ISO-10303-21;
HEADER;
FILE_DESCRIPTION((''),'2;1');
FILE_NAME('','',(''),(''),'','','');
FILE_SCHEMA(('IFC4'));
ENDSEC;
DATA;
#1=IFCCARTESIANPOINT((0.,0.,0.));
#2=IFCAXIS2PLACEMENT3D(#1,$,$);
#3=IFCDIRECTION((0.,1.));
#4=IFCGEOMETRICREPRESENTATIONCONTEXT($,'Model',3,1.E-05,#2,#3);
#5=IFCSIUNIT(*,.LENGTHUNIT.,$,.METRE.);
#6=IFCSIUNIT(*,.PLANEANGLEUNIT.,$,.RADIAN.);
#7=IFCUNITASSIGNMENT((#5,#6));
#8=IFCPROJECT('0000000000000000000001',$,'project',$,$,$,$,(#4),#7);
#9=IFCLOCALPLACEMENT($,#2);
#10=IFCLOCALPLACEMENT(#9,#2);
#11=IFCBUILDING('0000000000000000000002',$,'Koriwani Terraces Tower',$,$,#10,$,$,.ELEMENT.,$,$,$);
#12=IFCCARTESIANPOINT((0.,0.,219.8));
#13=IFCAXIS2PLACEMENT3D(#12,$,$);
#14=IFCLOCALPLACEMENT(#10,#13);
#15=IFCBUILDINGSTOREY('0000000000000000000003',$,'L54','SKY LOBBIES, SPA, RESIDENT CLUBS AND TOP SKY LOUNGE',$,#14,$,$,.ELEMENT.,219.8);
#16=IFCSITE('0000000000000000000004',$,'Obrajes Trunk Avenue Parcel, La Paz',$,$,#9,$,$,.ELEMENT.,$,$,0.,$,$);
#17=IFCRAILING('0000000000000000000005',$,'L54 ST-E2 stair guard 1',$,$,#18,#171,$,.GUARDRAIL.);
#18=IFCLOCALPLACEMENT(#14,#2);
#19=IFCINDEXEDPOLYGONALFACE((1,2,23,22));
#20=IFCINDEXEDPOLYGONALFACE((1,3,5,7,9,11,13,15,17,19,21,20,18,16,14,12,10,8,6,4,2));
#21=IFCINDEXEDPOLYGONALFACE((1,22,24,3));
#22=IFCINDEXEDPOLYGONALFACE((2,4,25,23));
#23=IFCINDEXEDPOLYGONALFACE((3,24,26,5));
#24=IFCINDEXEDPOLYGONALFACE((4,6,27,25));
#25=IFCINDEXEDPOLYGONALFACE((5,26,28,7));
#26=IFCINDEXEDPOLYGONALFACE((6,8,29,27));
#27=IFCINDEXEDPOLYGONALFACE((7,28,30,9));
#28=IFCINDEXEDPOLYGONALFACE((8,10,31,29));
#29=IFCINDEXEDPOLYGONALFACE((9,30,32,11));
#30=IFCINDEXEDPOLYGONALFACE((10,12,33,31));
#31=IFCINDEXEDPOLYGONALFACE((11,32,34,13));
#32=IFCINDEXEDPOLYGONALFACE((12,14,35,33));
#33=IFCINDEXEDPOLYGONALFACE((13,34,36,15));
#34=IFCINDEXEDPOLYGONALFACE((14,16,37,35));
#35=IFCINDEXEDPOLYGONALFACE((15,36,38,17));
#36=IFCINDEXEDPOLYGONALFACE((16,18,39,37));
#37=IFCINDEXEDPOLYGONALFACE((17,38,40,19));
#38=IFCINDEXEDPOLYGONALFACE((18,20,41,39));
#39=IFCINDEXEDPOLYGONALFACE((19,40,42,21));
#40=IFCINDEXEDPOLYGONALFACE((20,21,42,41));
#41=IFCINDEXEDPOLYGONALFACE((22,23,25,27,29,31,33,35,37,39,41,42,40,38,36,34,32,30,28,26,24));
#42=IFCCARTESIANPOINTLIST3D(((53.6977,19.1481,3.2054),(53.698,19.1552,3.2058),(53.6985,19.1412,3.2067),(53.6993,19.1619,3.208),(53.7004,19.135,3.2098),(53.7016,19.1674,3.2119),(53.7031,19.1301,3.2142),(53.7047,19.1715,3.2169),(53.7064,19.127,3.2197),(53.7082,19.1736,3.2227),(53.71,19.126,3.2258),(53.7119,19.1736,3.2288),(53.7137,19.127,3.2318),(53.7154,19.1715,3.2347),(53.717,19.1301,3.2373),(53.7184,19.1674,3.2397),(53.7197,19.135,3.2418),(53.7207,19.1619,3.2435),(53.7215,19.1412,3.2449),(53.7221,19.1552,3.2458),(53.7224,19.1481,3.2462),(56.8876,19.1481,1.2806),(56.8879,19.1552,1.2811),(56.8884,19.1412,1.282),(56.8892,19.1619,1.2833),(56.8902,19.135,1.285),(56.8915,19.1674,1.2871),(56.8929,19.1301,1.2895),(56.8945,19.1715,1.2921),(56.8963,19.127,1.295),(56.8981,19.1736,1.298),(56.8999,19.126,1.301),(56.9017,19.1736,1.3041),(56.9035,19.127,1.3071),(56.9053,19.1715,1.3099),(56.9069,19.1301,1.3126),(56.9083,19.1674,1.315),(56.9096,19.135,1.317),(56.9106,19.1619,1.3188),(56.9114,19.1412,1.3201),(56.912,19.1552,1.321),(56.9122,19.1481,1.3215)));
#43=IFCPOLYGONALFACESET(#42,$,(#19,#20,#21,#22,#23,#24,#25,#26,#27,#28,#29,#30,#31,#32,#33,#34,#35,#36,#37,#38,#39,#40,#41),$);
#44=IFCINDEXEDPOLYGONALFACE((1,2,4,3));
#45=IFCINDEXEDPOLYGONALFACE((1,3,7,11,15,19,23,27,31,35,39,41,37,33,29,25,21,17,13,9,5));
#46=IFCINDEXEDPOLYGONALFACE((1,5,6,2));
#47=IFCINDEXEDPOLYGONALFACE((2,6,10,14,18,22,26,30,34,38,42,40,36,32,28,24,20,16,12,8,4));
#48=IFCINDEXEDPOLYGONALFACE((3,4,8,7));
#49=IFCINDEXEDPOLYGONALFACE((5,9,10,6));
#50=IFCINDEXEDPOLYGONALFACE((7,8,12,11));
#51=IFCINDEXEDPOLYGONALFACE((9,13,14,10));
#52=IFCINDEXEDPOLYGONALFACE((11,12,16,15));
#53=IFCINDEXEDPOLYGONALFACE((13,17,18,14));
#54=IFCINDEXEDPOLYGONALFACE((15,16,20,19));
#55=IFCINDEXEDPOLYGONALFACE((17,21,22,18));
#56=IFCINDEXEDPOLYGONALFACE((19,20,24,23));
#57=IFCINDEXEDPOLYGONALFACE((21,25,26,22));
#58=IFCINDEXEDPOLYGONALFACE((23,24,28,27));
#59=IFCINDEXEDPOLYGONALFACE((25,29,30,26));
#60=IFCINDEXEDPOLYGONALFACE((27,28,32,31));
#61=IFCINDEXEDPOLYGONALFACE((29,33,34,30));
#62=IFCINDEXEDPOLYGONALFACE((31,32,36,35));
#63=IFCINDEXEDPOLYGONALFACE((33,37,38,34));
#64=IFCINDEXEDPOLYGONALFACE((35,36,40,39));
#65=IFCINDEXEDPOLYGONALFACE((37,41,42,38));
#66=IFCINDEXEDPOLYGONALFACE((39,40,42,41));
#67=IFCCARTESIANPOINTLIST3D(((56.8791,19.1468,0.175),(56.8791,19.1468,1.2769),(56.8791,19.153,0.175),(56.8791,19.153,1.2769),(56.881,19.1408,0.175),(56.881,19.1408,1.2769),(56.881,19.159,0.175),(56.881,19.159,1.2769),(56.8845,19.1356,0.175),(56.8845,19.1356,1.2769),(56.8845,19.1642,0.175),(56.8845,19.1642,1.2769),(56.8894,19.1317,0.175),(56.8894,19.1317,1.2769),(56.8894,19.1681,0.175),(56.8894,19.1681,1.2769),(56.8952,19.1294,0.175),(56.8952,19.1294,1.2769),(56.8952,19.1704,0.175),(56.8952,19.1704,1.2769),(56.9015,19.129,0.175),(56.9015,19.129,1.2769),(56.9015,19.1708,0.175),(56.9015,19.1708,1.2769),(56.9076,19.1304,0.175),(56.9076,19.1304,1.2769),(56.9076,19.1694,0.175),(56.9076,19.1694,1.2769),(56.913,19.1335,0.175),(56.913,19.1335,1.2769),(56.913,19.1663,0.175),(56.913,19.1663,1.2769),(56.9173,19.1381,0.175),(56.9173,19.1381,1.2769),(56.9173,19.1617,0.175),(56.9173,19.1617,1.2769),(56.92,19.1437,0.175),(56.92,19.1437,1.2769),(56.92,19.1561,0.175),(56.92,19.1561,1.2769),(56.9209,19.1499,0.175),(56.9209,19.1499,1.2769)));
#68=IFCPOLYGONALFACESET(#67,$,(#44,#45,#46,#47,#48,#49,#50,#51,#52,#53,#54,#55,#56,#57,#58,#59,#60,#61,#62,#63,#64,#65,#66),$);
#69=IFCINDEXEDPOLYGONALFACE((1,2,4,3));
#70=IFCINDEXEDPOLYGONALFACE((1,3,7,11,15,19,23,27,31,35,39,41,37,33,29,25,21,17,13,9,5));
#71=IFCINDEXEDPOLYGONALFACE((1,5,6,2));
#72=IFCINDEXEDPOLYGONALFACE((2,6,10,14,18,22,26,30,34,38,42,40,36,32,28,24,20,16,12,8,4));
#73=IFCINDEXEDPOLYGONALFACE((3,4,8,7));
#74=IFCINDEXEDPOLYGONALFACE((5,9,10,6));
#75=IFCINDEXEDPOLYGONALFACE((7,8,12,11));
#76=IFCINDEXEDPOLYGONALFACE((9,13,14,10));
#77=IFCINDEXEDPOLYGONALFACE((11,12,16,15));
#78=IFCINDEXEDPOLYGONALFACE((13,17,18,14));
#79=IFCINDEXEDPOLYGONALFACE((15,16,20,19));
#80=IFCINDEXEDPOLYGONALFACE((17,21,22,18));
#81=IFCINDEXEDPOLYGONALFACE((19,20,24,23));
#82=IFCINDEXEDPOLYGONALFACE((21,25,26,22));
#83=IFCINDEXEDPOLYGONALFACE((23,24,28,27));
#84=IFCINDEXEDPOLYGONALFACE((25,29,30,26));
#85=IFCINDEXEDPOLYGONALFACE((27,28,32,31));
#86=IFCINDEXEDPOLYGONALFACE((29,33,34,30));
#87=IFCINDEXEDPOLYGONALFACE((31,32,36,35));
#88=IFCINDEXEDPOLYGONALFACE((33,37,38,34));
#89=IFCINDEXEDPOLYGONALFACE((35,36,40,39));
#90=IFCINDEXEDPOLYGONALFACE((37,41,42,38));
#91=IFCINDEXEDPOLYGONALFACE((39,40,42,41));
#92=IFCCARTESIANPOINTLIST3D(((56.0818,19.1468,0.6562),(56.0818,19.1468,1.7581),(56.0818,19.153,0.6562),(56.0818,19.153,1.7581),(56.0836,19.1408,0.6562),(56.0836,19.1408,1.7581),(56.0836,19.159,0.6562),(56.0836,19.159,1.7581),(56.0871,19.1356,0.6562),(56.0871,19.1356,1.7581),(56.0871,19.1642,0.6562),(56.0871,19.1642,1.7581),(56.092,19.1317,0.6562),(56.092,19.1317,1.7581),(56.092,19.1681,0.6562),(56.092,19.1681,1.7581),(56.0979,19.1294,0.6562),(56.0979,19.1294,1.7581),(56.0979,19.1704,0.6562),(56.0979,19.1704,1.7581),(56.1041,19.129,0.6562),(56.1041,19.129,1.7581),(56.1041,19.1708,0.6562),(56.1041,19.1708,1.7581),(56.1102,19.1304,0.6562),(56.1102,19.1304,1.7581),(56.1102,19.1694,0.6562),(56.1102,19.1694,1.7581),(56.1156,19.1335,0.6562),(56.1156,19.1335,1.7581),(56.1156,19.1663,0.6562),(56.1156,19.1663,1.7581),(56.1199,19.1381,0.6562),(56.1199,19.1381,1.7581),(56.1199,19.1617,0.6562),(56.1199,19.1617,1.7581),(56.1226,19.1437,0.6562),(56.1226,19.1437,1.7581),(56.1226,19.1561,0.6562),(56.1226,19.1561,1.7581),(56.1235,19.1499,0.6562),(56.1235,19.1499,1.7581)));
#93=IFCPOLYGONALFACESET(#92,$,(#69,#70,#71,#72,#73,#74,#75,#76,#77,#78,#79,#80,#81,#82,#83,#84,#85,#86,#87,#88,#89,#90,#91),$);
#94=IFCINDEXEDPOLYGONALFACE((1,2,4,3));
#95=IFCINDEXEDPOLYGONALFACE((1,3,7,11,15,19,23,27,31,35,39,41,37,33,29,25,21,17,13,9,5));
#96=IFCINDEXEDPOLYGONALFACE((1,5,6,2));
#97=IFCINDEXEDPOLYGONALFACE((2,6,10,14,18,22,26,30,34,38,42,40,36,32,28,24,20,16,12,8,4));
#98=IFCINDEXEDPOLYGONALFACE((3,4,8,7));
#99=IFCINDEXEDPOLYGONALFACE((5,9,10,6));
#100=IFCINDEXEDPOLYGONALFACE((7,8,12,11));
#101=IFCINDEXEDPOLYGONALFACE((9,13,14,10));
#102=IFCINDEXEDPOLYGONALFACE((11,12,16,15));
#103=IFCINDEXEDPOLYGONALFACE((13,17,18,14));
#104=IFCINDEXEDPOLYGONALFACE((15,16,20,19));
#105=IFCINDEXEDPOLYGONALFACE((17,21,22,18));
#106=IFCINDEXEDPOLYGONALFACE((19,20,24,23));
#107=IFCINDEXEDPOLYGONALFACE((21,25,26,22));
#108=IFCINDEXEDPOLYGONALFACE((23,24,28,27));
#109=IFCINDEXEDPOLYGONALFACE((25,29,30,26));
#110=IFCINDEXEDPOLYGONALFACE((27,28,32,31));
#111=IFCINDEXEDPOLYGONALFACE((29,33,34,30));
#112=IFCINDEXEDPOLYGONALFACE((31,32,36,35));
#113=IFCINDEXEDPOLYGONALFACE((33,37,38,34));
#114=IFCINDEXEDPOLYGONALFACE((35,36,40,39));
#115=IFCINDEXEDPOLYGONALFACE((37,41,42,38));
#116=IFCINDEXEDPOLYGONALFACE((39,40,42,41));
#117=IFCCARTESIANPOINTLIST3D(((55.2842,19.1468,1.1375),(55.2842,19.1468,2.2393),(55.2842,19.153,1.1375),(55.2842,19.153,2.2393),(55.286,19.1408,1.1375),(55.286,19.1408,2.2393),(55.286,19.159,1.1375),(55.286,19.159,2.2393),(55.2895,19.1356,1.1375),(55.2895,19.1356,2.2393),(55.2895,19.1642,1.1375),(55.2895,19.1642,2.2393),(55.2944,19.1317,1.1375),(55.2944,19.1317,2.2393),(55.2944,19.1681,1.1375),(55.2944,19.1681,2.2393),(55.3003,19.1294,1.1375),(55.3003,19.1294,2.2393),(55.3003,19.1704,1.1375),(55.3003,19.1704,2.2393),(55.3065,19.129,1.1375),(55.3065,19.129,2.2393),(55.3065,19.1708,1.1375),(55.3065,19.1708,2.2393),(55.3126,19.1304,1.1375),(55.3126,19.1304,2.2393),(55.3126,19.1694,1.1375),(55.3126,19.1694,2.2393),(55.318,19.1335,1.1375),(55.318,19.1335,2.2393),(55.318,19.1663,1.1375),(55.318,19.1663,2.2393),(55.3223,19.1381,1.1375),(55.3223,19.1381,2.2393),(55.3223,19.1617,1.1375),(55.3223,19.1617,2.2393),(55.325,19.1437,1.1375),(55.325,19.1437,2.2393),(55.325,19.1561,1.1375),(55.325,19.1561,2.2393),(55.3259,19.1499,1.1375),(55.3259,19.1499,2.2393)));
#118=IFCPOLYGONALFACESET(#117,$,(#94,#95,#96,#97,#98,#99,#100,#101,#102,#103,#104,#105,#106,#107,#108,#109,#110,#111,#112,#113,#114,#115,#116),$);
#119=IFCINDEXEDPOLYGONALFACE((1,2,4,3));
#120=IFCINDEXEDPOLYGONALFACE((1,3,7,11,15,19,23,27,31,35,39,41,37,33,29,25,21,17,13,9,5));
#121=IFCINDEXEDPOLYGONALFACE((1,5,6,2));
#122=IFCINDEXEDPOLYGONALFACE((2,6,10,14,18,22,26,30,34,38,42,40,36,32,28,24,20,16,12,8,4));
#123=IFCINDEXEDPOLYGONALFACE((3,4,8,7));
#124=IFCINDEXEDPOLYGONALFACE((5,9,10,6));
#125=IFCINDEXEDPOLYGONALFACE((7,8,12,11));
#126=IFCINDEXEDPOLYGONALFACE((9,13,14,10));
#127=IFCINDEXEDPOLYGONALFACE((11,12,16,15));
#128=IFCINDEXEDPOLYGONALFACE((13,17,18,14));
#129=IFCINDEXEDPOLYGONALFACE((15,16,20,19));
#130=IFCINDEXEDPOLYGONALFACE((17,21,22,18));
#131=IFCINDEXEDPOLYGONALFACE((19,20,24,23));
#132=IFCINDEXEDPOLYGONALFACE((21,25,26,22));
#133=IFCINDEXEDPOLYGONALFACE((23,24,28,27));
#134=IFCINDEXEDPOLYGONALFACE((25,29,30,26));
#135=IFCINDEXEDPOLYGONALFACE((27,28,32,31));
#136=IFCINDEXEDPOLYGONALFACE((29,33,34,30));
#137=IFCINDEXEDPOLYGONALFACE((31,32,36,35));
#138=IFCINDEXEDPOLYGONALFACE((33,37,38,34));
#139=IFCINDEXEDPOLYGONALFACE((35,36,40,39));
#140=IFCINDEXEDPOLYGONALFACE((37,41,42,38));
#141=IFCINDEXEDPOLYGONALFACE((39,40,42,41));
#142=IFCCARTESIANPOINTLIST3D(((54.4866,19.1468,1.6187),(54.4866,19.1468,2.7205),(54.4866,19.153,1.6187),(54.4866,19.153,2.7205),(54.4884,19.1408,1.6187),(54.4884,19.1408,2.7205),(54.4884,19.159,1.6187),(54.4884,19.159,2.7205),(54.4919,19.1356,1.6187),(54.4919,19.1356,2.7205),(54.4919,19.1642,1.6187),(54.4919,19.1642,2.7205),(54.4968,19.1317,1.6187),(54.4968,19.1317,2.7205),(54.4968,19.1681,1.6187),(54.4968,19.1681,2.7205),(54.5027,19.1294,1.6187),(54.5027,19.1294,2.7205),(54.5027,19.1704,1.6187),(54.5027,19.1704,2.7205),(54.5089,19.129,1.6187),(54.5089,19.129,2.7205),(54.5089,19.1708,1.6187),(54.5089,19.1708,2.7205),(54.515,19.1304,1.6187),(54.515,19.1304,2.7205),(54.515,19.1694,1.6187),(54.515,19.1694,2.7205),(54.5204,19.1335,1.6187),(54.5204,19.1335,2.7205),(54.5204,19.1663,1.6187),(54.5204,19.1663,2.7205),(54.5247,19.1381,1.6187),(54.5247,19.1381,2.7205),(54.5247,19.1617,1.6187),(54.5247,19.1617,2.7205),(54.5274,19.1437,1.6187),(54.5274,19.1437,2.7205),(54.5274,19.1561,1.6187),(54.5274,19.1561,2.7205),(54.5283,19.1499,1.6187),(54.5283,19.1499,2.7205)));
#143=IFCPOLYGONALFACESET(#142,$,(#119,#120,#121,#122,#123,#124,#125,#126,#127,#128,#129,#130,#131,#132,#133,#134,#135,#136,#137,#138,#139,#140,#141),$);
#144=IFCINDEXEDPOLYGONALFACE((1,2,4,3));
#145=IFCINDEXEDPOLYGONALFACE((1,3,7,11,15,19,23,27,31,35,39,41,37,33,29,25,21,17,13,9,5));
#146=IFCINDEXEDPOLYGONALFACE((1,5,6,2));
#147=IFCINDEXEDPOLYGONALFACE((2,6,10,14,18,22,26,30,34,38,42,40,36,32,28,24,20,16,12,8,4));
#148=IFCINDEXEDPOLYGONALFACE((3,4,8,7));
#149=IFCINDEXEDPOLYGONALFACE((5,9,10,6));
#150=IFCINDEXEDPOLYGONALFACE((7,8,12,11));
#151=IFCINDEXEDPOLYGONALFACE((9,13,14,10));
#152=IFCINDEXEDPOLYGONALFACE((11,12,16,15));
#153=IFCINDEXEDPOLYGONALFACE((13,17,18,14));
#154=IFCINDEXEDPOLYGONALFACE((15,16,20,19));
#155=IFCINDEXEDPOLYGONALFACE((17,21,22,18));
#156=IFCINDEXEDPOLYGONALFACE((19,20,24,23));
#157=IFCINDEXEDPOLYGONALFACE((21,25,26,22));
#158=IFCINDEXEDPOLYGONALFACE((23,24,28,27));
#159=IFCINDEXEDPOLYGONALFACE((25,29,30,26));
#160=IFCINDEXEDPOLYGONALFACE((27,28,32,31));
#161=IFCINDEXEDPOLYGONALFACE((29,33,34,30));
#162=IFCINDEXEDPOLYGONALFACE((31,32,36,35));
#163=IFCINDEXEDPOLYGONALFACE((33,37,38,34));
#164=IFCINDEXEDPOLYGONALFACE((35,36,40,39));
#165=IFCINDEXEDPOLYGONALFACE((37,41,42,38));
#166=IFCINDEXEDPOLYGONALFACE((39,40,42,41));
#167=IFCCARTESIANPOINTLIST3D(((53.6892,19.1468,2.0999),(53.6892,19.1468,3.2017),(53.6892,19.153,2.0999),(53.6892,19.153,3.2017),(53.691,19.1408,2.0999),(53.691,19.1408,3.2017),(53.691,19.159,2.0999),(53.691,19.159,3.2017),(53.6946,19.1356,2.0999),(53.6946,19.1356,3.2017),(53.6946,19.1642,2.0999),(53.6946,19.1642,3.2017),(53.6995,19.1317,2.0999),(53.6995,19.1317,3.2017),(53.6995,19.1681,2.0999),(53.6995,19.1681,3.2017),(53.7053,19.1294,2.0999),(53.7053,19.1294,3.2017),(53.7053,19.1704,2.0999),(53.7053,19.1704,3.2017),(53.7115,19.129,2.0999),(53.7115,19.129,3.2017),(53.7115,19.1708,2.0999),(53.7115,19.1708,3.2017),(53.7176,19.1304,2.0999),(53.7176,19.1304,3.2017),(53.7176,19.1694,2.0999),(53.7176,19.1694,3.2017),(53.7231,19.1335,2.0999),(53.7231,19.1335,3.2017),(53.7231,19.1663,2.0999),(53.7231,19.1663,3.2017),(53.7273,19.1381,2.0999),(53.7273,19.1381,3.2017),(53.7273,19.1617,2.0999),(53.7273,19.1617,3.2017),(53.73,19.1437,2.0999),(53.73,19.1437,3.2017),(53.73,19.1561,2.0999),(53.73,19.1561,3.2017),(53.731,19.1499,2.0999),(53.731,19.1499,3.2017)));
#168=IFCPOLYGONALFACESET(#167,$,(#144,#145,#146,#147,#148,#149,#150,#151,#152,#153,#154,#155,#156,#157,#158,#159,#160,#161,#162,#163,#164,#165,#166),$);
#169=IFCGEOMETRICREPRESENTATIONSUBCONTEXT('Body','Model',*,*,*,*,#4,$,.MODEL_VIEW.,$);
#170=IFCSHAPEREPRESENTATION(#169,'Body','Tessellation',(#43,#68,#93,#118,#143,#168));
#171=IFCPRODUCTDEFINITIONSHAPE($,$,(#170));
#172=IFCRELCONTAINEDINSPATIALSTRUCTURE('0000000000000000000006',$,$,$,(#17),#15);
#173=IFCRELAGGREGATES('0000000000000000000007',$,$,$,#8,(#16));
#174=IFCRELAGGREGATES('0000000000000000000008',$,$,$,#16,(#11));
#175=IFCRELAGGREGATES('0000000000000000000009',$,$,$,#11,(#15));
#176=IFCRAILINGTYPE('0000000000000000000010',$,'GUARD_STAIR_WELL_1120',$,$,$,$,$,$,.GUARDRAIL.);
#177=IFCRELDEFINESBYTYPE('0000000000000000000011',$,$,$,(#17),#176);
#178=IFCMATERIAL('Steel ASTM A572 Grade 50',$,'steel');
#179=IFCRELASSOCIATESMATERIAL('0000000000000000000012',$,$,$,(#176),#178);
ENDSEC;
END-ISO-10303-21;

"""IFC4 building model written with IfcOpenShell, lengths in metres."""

from ifc_helpers import new_model, si_unit, direction, frame, origin, origin_2d, place, context, subcontext, project, spatial, circle, extrude, material, type_object, element, save


model = new_model("IFC4")

# Units and contexts
model_context = context("Model", 3, precision=1e-05, world=origin(), true_north=direction((0.0, 1.0)))
body_context = subcontext(model_context, "Body", "Model", "MODEL_VIEW")
ifc_project = project(units=[si_unit("LENGTHUNIT", "METRE"), si_unit("PLANEANGLEUNIT", "RADIAN")], contexts=[model_context])

# Site, building, storey
site_placement = place(None, origin())
site = spatial("IfcSite", under=ifc_project, at=site_placement, Name="Obrajes Trunk Avenue Parcel, La Paz", CompositionType="ELEMENT", RefElevation=0.0)
building_placement = place(site_placement, origin())
building = spatial("IfcBuilding", under=site, at=building_placement, Name="Koriwani Terraces Tower", CompositionType="ELEMENT")
storey_placement = place(building_placement, frame((0.0, 0.0, 219.8)))
storey = spatial("IfcBuildingStorey", under=building, at=storey_placement, Name="L54", Description="SKY LOBBIES, SPA, RESIDENT CLUBS AND TOP SKY LOUNGE", CompositionType="ELEMENT", Elevation=219.8)

# Shared definitions
ifc_material_1 = material(Name="Steel ASTM A572 Grade 50", Category="steel")

# Railing
railing_type_1 = type_object("IfcRailingType", Name="GUARD_STAIR_WELL_1120", PredefinedType="GUARDRAIL", material=ifc_material_1)
railing_1_placement = place(storey_placement, frame((56.8999, 19.1499, 0.175)))
element("IfcRailing", 1, at=railing_1_placement, inside=storey, type_object=railing_type_1, Name="L54 ST-E2 stair guard 1", PredefinedType="GUARDRAIL", context=body_context, shape_type="SweptSolid", body=[
    extrude(circle(Radius=0.0239, at=origin_2d()), frame((0.0, 0.0, 1.126), z_axis=(-0.856207, 0.0, 0.516633), x_axis=(0.0, -1.0, 0.0)), (0.0, 0.0, 1.0), 3.7256),
    extrude(circle(Radius=0.021, at=origin_2d()), origin(), (0.0, 0.0, 1.0), 1.1018),
    extrude(circle(Radius=0.021, at=origin_2d()), frame((-0.7974, 0.0, 0.4812)), (0.0, 0.0, 1.0), 1.1018),
    extrude(circle(Radius=0.021, at=origin_2d()), frame((-1.595, 0.0, 0.9624)), (0.0, 0.0, 1.0), 1.1018),
    extrude(circle(Radius=0.021, at=origin_2d()), frame((-2.3926, 0.0, 1.4436)), (0.0, 0.0, 1.0), 1.1018),
    extrude(circle(Radius=0.021, at=origin_2d()), frame((-3.1899, 0.0, 1.9248)), (0.0, 0.0, 1.0), 1.1018),
])

save(model, "model.ifc")
